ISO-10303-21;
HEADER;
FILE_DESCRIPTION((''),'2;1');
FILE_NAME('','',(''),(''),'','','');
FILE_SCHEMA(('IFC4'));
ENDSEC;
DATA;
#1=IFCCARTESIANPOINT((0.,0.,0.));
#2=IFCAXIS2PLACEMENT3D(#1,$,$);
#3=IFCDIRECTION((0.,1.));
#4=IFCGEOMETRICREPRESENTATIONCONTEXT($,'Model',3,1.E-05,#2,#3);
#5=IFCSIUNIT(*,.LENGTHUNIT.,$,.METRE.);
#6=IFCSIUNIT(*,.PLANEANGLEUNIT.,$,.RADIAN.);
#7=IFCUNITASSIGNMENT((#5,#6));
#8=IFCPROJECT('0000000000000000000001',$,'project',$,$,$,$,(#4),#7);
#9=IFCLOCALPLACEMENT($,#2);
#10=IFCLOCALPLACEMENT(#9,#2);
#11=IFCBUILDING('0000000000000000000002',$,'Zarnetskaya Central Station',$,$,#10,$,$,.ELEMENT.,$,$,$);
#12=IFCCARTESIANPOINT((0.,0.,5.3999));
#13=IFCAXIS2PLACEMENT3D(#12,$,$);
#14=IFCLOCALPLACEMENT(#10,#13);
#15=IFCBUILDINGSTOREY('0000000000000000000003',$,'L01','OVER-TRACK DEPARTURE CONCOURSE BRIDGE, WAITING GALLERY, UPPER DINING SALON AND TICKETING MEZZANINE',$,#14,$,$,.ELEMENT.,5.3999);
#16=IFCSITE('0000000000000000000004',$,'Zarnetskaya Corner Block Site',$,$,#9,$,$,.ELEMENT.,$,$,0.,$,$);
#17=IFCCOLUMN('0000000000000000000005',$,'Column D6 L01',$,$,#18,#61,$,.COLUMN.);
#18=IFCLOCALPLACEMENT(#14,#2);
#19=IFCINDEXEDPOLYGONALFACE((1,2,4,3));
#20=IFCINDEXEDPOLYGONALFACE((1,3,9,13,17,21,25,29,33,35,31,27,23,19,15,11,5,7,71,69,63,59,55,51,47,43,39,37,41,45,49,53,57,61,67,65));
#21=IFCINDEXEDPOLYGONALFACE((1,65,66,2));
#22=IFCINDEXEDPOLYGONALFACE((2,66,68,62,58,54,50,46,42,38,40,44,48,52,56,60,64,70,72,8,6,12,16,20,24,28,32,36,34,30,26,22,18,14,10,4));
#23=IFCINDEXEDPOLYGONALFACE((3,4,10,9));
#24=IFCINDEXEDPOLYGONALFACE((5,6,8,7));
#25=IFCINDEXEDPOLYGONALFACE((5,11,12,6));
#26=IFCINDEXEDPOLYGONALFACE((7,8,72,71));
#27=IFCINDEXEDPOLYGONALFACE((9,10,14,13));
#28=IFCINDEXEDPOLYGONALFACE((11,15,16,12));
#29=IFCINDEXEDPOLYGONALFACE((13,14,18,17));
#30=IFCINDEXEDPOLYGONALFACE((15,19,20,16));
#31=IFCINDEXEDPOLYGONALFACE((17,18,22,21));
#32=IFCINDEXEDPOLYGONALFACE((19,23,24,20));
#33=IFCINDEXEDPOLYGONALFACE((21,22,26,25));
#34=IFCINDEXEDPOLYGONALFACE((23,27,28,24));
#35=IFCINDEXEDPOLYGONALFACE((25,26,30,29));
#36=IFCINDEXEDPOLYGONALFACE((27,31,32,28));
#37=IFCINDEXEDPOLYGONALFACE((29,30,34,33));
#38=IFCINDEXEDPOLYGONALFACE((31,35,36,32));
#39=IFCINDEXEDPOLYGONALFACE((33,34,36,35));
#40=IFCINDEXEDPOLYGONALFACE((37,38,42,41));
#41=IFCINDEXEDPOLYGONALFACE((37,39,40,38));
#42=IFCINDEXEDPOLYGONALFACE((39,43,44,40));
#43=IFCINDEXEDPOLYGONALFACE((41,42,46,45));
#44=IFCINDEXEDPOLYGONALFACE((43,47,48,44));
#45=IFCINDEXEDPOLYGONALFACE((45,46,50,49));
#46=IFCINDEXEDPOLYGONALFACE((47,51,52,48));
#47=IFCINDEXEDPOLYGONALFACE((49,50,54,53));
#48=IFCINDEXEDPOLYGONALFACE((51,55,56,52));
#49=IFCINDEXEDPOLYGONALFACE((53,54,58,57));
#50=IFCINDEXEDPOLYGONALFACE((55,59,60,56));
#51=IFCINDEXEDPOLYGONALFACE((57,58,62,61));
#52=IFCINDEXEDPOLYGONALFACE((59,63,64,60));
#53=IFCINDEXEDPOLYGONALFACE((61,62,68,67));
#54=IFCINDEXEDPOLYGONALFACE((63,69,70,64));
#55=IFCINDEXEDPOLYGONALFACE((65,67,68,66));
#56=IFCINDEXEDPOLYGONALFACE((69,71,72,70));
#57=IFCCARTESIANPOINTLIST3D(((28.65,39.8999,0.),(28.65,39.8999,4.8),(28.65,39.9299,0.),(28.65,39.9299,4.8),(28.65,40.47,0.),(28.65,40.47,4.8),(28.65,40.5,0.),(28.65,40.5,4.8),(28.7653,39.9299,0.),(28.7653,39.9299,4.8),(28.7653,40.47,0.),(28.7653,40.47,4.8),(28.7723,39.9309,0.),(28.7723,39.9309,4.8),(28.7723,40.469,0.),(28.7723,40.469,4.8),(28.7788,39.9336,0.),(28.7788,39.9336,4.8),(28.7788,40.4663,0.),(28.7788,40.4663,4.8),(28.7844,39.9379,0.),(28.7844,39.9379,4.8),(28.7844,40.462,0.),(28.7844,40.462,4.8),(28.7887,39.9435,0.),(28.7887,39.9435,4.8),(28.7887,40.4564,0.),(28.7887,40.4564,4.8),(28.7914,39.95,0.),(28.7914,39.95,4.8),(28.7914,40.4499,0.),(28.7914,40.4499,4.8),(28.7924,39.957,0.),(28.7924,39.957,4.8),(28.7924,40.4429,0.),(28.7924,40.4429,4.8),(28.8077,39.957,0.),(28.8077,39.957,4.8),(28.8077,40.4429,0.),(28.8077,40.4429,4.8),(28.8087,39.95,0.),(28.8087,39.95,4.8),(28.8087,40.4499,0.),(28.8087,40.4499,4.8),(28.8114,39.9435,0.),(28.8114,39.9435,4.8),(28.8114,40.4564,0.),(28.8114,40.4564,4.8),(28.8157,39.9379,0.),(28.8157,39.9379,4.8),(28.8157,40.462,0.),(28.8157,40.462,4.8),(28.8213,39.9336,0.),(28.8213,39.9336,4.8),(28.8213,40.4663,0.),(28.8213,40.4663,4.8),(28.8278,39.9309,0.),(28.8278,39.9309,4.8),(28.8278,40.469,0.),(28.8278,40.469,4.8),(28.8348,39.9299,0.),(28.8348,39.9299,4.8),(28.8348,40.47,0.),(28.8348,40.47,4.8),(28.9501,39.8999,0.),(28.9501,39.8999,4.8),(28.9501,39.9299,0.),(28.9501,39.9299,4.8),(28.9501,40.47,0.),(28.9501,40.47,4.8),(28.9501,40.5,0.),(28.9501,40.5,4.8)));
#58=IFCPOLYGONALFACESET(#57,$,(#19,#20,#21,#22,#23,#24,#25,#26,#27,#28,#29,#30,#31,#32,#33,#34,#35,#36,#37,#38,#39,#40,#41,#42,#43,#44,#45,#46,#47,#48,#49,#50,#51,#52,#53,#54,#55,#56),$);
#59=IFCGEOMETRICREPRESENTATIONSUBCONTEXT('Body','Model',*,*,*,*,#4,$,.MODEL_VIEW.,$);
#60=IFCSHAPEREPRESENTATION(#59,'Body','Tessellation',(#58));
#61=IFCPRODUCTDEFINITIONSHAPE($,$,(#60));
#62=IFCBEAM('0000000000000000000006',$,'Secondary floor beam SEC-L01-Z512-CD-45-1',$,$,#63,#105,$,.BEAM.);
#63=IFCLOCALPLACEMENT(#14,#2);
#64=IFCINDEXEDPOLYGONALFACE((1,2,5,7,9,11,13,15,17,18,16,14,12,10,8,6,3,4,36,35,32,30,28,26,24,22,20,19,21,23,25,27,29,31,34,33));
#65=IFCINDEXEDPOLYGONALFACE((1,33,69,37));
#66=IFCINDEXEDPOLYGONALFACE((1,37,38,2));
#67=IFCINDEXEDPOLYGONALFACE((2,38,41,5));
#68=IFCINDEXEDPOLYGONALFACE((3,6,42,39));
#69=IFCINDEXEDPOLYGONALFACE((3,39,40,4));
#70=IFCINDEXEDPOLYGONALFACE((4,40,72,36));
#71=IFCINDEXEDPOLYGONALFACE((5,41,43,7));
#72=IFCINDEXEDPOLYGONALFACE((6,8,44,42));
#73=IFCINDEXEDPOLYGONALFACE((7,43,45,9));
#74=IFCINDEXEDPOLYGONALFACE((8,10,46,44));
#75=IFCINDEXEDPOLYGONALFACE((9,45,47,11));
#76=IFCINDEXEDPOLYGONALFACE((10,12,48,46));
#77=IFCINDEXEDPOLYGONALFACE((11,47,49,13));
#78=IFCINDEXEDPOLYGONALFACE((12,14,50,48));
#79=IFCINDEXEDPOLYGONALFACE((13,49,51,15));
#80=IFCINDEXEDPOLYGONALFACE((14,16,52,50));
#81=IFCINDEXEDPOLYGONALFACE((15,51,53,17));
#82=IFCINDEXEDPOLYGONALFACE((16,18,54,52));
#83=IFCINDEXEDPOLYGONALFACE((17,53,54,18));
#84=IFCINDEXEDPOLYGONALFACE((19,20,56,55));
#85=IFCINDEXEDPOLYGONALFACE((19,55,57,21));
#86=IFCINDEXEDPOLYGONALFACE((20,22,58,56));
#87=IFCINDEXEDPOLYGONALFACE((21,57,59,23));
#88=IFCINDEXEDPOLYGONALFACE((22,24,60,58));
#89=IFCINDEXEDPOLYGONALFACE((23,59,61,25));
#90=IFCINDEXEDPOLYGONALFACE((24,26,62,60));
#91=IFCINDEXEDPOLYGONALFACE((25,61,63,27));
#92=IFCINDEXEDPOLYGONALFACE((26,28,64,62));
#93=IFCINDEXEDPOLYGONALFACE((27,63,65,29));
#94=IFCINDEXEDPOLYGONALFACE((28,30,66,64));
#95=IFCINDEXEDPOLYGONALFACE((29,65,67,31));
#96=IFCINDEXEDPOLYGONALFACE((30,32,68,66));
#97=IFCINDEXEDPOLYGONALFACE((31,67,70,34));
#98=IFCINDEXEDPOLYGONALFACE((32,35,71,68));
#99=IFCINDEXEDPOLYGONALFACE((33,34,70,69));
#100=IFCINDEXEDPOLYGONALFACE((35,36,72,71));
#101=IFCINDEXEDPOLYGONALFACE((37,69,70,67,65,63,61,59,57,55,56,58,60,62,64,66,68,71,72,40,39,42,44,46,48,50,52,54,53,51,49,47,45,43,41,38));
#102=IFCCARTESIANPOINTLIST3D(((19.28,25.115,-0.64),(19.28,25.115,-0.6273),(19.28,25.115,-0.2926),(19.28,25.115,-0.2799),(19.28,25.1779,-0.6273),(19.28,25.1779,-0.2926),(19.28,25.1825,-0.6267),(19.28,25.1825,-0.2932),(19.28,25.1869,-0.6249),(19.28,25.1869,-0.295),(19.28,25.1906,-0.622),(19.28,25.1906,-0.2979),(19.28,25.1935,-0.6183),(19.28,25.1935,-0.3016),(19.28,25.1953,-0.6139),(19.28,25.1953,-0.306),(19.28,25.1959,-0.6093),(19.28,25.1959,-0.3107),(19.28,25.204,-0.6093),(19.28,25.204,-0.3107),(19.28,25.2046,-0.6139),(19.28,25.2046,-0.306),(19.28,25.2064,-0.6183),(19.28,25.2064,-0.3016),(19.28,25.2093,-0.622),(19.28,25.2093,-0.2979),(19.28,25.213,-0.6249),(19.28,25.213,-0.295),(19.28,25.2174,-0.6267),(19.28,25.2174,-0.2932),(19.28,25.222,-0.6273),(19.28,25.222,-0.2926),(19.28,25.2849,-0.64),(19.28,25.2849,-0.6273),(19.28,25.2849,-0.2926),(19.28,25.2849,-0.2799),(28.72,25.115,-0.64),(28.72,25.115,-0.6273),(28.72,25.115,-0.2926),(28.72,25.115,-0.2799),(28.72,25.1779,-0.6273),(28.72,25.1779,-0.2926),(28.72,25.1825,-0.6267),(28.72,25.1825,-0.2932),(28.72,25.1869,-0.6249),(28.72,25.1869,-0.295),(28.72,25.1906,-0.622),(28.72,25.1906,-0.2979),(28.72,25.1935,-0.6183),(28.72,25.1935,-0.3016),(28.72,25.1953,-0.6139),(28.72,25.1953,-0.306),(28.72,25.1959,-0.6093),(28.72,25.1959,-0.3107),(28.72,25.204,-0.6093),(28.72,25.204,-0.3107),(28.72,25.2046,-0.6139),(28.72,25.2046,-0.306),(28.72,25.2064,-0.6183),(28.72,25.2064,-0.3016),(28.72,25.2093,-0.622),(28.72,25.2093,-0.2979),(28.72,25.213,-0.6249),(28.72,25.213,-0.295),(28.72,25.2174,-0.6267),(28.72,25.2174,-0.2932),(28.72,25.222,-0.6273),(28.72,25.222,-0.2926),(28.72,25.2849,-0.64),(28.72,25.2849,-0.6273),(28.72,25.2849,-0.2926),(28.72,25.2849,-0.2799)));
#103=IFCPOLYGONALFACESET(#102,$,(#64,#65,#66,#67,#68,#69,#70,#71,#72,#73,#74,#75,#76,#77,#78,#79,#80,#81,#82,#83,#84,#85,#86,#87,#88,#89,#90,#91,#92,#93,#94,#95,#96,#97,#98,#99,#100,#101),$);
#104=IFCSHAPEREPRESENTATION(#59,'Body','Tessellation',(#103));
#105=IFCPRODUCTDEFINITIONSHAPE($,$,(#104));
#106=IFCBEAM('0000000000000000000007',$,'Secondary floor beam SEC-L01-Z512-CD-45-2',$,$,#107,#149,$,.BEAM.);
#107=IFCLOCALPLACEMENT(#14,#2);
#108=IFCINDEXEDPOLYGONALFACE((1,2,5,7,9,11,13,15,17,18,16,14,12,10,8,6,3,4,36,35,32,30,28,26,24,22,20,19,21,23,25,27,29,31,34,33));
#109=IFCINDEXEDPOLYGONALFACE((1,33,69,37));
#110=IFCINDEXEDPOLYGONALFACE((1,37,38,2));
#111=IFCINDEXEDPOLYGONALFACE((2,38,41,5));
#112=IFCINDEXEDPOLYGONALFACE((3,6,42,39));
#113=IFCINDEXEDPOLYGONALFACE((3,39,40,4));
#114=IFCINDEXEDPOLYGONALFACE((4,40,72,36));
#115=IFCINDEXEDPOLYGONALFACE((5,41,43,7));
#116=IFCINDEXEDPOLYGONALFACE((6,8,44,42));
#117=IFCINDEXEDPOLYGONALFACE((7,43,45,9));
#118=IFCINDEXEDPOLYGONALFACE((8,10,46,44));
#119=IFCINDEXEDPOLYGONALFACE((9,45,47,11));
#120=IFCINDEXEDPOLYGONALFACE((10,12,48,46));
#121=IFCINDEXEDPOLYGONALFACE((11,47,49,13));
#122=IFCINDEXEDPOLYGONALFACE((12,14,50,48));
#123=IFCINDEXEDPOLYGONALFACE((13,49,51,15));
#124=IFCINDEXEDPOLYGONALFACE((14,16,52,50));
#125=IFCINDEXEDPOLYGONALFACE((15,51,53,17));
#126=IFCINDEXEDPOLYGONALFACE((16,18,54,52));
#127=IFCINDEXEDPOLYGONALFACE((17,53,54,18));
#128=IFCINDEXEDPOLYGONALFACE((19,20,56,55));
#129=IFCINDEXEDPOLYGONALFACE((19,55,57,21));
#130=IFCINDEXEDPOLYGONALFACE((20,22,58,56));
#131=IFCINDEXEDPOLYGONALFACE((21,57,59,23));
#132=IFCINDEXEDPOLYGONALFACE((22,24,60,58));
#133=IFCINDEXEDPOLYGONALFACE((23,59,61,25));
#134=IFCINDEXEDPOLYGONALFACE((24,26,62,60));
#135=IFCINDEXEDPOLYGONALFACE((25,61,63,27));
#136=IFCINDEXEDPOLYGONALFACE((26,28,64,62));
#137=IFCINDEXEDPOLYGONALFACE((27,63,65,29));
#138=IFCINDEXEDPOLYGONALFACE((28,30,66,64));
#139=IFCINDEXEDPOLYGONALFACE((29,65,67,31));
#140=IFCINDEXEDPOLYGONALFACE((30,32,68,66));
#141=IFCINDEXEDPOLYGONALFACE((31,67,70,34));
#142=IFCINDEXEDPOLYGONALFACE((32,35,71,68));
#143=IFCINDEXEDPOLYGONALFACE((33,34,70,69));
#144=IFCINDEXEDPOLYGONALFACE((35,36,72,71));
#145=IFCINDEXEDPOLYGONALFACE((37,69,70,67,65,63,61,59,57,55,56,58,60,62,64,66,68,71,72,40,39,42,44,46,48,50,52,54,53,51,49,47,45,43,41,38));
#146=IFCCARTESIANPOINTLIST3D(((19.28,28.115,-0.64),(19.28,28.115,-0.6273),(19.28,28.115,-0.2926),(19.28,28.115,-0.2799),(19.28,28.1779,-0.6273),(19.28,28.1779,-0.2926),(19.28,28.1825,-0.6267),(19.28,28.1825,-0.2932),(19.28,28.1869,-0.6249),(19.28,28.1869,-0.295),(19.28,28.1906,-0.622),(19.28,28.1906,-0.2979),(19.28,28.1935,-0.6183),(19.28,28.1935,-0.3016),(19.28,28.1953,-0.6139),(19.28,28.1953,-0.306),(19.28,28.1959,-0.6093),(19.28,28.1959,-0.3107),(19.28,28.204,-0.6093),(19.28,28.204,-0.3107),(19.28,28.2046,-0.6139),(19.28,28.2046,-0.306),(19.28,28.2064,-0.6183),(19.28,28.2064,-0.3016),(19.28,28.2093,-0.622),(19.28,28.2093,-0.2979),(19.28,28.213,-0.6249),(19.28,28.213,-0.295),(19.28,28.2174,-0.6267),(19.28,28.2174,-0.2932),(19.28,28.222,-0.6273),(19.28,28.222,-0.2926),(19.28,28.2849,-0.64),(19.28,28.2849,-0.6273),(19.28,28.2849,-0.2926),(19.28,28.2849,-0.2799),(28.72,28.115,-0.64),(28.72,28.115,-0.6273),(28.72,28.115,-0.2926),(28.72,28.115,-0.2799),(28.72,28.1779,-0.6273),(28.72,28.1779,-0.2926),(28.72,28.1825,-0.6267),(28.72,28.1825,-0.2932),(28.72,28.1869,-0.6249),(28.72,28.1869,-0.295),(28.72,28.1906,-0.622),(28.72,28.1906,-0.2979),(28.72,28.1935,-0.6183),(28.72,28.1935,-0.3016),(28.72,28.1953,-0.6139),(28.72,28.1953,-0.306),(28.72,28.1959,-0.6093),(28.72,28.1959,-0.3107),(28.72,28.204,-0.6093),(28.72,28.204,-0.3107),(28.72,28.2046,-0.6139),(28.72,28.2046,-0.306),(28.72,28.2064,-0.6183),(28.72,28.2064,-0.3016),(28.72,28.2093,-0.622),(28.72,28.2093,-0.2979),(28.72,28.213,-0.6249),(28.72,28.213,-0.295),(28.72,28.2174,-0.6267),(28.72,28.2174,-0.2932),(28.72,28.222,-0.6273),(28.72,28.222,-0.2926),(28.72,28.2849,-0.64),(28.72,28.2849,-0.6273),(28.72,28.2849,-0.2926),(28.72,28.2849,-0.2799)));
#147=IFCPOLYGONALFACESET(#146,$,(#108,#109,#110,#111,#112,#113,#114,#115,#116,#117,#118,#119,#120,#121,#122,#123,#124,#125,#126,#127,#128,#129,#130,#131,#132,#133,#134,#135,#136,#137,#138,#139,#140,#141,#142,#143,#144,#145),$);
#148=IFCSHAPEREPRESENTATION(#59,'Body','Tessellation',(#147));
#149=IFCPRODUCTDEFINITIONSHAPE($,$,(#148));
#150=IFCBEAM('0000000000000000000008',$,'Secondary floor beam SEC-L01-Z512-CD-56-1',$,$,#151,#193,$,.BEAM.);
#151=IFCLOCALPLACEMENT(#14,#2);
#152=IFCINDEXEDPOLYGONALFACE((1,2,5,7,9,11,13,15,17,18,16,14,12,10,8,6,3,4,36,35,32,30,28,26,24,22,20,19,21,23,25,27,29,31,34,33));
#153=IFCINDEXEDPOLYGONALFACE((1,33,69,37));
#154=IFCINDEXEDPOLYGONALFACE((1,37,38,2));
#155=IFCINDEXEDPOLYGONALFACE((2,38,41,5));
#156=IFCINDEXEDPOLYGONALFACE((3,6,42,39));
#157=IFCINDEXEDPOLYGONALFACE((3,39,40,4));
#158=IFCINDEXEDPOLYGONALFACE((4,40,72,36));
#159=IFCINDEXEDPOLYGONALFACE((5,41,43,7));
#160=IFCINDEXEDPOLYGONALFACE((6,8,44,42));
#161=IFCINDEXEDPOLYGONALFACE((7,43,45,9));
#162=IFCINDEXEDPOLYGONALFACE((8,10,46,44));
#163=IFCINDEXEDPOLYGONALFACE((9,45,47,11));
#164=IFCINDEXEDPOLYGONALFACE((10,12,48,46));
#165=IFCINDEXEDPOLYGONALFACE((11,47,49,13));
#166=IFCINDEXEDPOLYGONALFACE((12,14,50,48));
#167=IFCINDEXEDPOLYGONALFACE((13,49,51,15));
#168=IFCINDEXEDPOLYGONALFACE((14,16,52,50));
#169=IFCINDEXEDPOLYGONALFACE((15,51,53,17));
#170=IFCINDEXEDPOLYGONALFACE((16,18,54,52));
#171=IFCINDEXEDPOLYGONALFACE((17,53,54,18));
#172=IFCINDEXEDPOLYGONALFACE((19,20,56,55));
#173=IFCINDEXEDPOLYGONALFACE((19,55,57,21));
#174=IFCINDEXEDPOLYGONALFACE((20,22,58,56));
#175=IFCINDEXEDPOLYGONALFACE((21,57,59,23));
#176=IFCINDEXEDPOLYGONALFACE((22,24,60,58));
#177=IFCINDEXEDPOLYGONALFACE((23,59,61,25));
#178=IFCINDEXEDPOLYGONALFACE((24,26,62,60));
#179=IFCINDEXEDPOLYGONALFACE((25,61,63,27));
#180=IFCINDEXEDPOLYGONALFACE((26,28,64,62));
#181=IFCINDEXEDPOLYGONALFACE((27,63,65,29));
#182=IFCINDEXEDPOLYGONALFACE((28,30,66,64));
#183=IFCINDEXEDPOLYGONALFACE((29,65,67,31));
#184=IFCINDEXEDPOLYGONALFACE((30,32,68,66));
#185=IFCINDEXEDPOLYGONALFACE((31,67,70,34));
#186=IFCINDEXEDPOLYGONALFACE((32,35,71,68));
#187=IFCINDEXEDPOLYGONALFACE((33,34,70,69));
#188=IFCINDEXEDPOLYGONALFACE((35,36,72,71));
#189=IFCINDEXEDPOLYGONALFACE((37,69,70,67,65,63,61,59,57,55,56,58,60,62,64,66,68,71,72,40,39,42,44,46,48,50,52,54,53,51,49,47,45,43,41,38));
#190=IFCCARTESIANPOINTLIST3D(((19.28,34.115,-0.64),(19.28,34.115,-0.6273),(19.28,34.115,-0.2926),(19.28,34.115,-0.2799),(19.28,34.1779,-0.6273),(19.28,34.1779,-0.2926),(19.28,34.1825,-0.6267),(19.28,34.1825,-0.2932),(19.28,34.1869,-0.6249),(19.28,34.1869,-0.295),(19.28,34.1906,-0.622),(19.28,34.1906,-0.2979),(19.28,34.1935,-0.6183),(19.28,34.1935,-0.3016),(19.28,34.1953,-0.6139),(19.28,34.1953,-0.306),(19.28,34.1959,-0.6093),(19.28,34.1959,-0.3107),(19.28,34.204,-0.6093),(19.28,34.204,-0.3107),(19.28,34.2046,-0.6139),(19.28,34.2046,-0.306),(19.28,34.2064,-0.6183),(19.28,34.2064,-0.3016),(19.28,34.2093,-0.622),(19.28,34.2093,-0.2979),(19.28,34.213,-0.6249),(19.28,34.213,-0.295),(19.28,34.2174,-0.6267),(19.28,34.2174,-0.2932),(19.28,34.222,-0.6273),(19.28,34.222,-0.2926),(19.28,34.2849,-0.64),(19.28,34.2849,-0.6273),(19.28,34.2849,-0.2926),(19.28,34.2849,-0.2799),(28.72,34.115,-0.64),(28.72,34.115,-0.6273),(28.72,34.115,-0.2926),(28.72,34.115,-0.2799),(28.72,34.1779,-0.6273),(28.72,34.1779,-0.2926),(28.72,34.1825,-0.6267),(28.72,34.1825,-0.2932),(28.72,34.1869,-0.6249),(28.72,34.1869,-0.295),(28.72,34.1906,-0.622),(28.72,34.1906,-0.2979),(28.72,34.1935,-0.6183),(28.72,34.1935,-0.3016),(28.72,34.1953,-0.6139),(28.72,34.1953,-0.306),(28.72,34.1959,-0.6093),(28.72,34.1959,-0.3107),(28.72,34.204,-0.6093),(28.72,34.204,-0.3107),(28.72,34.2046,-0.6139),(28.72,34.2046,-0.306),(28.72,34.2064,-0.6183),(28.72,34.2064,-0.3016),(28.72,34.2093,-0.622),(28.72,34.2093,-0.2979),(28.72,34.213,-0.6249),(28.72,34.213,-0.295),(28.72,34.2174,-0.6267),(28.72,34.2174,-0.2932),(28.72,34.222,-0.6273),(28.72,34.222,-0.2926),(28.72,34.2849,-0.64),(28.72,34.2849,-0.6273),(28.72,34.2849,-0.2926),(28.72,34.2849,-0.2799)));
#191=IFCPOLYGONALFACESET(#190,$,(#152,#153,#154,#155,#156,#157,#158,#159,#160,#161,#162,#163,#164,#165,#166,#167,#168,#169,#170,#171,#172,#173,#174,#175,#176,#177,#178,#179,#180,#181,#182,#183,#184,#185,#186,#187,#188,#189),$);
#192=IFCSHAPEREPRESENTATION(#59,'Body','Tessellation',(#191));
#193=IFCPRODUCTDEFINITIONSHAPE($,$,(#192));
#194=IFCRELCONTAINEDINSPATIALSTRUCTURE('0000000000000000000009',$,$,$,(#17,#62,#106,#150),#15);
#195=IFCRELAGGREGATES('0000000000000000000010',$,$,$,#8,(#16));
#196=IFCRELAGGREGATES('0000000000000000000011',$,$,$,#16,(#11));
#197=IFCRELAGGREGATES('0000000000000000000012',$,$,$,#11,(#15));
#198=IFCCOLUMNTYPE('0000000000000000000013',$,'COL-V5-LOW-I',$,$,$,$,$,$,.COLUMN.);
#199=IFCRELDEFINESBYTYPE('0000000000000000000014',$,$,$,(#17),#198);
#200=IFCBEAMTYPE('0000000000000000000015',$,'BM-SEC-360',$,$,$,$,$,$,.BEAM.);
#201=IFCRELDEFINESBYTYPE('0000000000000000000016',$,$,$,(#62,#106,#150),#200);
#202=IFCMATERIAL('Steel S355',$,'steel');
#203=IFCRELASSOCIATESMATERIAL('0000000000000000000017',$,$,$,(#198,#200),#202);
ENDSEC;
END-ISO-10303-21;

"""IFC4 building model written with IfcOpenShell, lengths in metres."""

from ifc_helpers import new_model, si_unit, direction, frame, origin, origin_2d, place, context, subcontext, project, spatial, i_section, extrude, material, material_profile, profile_set, type_object, element, save


model = new_model("IFC4")

# Units and contexts
model_context = context("Model", 3, precision=1e-05, world=origin(), true_north=direction((0.0, 1.0)))
body_context = subcontext(model_context, "Body", "Model", "MODEL_VIEW")
ifc_project = project(units=[si_unit("LENGTHUNIT", "METRE"), si_unit("PLANEANGLEUNIT", "RADIAN")], contexts=[model_context])

# Site, building, storey
site_placement = place(None, origin())
site = spatial("IfcSite", under=ifc_project, at=site_placement, Name="Zarnetskaya Corner Block Site", CompositionType="ELEMENT", RefElevation=0.0)
building_placement = place(site_placement, origin())
building = spatial("IfcBuilding", under=site, at=building_placement, Name="Zarnetskaya Central Station", CompositionType="ELEMENT")
storey_placement = place(building_placement, frame((0.0, 0.0, 5.3999)))
storey = spatial("IfcBuildingStorey", under=building, at=storey_placement, Name="L01", Description="OVER-TRACK DEPARTURE CONCOURSE BRIDGE, WAITING GALLERY, UPPER DINING SALON AND TICKETING MEZZANINE", CompositionType="ELEMENT", Elevation=5.3999)

# Column
ifc_material_1 = material(Name="Steel S355", Category="steel")
ifc_material_profile_1 = material_profile(ifc_material_1, i_section(OverallWidth=0.3, OverallDepth=0.6001, WebThickness=0.0154, FlangeThickness=0.03, FilletRadius=0.0271, at=origin_2d()), Name="HEB 600")
ifc_profile_set_1 = profile_set([ifc_material_profile_1], Name="Steel S355")
column_type = type_object("IfcColumnType", Name="COL-V5-LOW-I", PredefinedType="COLUMN", material=ifc_profile_set_1)
for number, where, z_axis, x_axis, name in (
    (1, (28.8, 40.2, 0.0), (0.0, 0.0, 1.0), (1.0, 0.0, 0.0), "Column D6 L01"),
):
    element("IfcColumn", number, at=place(storey_placement, frame(where, z_axis=z_axis, x_axis=x_axis)), inside=storey, type_object=column_type, Name=name, PredefinedType="COLUMN", context=body_context, shape_type="SweptSolid", body=[
        extrude(i_section(OverallWidth=0.3, OverallDepth=0.6001, WebThickness=0.0154, FlangeThickness=0.03, FilletRadius=0.0271, at=origin_2d()), origin(), (0.0, 0.0, 1.0), 4.8),
    ])

# Beams
ifc_material_profile_2 = material_profile(ifc_material_1, i_section(OverallWidth=0.1699, OverallDepth=0.3601, WebThickness=0.0081, FlangeThickness=0.0127, FilletRadius=0.0181, at=origin_2d()), Name="IPE 360")
ifc_profile_set_2 = profile_set([ifc_material_profile_2], Name="Steel S355")
beam_type_1 = type_object("IfcBeamType", Name="BM-SEC-360", PredefinedType="BEAM", material=ifc_profile_set_2)
for number, where, z_axis, x_axis, name in (
    (2, (19.28, 25.2, -0.46), (1.0, 0.0, 0.0), (0.0, 1.0, 0.0), "Secondary floor beam SEC-L01-Z512-CD-45-1"),
    (3, (19.28, 28.2, -0.46), (1.0, 0.0, 0.0), (0.0, 1.0, 0.0), "Secondary floor beam SEC-L01-Z512-CD-45-2"),
    (4, (19.28, 34.2, -0.46), (1.0, 0.0, 0.0), (0.0, 1.0, 0.0), "Secondary floor beam SEC-L01-Z512-CD-56-1"),
):
    element("IfcBeam", number, at=place(storey_placement, frame(where, z_axis=z_axis, x_axis=x_axis)), inside=storey, type_object=beam_type_1, Name=name, PredefinedType="BEAM", context=body_context, shape_type="SweptSolid", body=[
        extrude(i_section(OverallWidth=0.1699, OverallDepth=0.3601, WebThickness=0.0081, FlangeThickness=0.0127, FilletRadius=0.0181, at=origin_2d()), origin(), (0.0, 0.0, 1.0), 9.4399),
    ])

save(model, "model.ifc")
